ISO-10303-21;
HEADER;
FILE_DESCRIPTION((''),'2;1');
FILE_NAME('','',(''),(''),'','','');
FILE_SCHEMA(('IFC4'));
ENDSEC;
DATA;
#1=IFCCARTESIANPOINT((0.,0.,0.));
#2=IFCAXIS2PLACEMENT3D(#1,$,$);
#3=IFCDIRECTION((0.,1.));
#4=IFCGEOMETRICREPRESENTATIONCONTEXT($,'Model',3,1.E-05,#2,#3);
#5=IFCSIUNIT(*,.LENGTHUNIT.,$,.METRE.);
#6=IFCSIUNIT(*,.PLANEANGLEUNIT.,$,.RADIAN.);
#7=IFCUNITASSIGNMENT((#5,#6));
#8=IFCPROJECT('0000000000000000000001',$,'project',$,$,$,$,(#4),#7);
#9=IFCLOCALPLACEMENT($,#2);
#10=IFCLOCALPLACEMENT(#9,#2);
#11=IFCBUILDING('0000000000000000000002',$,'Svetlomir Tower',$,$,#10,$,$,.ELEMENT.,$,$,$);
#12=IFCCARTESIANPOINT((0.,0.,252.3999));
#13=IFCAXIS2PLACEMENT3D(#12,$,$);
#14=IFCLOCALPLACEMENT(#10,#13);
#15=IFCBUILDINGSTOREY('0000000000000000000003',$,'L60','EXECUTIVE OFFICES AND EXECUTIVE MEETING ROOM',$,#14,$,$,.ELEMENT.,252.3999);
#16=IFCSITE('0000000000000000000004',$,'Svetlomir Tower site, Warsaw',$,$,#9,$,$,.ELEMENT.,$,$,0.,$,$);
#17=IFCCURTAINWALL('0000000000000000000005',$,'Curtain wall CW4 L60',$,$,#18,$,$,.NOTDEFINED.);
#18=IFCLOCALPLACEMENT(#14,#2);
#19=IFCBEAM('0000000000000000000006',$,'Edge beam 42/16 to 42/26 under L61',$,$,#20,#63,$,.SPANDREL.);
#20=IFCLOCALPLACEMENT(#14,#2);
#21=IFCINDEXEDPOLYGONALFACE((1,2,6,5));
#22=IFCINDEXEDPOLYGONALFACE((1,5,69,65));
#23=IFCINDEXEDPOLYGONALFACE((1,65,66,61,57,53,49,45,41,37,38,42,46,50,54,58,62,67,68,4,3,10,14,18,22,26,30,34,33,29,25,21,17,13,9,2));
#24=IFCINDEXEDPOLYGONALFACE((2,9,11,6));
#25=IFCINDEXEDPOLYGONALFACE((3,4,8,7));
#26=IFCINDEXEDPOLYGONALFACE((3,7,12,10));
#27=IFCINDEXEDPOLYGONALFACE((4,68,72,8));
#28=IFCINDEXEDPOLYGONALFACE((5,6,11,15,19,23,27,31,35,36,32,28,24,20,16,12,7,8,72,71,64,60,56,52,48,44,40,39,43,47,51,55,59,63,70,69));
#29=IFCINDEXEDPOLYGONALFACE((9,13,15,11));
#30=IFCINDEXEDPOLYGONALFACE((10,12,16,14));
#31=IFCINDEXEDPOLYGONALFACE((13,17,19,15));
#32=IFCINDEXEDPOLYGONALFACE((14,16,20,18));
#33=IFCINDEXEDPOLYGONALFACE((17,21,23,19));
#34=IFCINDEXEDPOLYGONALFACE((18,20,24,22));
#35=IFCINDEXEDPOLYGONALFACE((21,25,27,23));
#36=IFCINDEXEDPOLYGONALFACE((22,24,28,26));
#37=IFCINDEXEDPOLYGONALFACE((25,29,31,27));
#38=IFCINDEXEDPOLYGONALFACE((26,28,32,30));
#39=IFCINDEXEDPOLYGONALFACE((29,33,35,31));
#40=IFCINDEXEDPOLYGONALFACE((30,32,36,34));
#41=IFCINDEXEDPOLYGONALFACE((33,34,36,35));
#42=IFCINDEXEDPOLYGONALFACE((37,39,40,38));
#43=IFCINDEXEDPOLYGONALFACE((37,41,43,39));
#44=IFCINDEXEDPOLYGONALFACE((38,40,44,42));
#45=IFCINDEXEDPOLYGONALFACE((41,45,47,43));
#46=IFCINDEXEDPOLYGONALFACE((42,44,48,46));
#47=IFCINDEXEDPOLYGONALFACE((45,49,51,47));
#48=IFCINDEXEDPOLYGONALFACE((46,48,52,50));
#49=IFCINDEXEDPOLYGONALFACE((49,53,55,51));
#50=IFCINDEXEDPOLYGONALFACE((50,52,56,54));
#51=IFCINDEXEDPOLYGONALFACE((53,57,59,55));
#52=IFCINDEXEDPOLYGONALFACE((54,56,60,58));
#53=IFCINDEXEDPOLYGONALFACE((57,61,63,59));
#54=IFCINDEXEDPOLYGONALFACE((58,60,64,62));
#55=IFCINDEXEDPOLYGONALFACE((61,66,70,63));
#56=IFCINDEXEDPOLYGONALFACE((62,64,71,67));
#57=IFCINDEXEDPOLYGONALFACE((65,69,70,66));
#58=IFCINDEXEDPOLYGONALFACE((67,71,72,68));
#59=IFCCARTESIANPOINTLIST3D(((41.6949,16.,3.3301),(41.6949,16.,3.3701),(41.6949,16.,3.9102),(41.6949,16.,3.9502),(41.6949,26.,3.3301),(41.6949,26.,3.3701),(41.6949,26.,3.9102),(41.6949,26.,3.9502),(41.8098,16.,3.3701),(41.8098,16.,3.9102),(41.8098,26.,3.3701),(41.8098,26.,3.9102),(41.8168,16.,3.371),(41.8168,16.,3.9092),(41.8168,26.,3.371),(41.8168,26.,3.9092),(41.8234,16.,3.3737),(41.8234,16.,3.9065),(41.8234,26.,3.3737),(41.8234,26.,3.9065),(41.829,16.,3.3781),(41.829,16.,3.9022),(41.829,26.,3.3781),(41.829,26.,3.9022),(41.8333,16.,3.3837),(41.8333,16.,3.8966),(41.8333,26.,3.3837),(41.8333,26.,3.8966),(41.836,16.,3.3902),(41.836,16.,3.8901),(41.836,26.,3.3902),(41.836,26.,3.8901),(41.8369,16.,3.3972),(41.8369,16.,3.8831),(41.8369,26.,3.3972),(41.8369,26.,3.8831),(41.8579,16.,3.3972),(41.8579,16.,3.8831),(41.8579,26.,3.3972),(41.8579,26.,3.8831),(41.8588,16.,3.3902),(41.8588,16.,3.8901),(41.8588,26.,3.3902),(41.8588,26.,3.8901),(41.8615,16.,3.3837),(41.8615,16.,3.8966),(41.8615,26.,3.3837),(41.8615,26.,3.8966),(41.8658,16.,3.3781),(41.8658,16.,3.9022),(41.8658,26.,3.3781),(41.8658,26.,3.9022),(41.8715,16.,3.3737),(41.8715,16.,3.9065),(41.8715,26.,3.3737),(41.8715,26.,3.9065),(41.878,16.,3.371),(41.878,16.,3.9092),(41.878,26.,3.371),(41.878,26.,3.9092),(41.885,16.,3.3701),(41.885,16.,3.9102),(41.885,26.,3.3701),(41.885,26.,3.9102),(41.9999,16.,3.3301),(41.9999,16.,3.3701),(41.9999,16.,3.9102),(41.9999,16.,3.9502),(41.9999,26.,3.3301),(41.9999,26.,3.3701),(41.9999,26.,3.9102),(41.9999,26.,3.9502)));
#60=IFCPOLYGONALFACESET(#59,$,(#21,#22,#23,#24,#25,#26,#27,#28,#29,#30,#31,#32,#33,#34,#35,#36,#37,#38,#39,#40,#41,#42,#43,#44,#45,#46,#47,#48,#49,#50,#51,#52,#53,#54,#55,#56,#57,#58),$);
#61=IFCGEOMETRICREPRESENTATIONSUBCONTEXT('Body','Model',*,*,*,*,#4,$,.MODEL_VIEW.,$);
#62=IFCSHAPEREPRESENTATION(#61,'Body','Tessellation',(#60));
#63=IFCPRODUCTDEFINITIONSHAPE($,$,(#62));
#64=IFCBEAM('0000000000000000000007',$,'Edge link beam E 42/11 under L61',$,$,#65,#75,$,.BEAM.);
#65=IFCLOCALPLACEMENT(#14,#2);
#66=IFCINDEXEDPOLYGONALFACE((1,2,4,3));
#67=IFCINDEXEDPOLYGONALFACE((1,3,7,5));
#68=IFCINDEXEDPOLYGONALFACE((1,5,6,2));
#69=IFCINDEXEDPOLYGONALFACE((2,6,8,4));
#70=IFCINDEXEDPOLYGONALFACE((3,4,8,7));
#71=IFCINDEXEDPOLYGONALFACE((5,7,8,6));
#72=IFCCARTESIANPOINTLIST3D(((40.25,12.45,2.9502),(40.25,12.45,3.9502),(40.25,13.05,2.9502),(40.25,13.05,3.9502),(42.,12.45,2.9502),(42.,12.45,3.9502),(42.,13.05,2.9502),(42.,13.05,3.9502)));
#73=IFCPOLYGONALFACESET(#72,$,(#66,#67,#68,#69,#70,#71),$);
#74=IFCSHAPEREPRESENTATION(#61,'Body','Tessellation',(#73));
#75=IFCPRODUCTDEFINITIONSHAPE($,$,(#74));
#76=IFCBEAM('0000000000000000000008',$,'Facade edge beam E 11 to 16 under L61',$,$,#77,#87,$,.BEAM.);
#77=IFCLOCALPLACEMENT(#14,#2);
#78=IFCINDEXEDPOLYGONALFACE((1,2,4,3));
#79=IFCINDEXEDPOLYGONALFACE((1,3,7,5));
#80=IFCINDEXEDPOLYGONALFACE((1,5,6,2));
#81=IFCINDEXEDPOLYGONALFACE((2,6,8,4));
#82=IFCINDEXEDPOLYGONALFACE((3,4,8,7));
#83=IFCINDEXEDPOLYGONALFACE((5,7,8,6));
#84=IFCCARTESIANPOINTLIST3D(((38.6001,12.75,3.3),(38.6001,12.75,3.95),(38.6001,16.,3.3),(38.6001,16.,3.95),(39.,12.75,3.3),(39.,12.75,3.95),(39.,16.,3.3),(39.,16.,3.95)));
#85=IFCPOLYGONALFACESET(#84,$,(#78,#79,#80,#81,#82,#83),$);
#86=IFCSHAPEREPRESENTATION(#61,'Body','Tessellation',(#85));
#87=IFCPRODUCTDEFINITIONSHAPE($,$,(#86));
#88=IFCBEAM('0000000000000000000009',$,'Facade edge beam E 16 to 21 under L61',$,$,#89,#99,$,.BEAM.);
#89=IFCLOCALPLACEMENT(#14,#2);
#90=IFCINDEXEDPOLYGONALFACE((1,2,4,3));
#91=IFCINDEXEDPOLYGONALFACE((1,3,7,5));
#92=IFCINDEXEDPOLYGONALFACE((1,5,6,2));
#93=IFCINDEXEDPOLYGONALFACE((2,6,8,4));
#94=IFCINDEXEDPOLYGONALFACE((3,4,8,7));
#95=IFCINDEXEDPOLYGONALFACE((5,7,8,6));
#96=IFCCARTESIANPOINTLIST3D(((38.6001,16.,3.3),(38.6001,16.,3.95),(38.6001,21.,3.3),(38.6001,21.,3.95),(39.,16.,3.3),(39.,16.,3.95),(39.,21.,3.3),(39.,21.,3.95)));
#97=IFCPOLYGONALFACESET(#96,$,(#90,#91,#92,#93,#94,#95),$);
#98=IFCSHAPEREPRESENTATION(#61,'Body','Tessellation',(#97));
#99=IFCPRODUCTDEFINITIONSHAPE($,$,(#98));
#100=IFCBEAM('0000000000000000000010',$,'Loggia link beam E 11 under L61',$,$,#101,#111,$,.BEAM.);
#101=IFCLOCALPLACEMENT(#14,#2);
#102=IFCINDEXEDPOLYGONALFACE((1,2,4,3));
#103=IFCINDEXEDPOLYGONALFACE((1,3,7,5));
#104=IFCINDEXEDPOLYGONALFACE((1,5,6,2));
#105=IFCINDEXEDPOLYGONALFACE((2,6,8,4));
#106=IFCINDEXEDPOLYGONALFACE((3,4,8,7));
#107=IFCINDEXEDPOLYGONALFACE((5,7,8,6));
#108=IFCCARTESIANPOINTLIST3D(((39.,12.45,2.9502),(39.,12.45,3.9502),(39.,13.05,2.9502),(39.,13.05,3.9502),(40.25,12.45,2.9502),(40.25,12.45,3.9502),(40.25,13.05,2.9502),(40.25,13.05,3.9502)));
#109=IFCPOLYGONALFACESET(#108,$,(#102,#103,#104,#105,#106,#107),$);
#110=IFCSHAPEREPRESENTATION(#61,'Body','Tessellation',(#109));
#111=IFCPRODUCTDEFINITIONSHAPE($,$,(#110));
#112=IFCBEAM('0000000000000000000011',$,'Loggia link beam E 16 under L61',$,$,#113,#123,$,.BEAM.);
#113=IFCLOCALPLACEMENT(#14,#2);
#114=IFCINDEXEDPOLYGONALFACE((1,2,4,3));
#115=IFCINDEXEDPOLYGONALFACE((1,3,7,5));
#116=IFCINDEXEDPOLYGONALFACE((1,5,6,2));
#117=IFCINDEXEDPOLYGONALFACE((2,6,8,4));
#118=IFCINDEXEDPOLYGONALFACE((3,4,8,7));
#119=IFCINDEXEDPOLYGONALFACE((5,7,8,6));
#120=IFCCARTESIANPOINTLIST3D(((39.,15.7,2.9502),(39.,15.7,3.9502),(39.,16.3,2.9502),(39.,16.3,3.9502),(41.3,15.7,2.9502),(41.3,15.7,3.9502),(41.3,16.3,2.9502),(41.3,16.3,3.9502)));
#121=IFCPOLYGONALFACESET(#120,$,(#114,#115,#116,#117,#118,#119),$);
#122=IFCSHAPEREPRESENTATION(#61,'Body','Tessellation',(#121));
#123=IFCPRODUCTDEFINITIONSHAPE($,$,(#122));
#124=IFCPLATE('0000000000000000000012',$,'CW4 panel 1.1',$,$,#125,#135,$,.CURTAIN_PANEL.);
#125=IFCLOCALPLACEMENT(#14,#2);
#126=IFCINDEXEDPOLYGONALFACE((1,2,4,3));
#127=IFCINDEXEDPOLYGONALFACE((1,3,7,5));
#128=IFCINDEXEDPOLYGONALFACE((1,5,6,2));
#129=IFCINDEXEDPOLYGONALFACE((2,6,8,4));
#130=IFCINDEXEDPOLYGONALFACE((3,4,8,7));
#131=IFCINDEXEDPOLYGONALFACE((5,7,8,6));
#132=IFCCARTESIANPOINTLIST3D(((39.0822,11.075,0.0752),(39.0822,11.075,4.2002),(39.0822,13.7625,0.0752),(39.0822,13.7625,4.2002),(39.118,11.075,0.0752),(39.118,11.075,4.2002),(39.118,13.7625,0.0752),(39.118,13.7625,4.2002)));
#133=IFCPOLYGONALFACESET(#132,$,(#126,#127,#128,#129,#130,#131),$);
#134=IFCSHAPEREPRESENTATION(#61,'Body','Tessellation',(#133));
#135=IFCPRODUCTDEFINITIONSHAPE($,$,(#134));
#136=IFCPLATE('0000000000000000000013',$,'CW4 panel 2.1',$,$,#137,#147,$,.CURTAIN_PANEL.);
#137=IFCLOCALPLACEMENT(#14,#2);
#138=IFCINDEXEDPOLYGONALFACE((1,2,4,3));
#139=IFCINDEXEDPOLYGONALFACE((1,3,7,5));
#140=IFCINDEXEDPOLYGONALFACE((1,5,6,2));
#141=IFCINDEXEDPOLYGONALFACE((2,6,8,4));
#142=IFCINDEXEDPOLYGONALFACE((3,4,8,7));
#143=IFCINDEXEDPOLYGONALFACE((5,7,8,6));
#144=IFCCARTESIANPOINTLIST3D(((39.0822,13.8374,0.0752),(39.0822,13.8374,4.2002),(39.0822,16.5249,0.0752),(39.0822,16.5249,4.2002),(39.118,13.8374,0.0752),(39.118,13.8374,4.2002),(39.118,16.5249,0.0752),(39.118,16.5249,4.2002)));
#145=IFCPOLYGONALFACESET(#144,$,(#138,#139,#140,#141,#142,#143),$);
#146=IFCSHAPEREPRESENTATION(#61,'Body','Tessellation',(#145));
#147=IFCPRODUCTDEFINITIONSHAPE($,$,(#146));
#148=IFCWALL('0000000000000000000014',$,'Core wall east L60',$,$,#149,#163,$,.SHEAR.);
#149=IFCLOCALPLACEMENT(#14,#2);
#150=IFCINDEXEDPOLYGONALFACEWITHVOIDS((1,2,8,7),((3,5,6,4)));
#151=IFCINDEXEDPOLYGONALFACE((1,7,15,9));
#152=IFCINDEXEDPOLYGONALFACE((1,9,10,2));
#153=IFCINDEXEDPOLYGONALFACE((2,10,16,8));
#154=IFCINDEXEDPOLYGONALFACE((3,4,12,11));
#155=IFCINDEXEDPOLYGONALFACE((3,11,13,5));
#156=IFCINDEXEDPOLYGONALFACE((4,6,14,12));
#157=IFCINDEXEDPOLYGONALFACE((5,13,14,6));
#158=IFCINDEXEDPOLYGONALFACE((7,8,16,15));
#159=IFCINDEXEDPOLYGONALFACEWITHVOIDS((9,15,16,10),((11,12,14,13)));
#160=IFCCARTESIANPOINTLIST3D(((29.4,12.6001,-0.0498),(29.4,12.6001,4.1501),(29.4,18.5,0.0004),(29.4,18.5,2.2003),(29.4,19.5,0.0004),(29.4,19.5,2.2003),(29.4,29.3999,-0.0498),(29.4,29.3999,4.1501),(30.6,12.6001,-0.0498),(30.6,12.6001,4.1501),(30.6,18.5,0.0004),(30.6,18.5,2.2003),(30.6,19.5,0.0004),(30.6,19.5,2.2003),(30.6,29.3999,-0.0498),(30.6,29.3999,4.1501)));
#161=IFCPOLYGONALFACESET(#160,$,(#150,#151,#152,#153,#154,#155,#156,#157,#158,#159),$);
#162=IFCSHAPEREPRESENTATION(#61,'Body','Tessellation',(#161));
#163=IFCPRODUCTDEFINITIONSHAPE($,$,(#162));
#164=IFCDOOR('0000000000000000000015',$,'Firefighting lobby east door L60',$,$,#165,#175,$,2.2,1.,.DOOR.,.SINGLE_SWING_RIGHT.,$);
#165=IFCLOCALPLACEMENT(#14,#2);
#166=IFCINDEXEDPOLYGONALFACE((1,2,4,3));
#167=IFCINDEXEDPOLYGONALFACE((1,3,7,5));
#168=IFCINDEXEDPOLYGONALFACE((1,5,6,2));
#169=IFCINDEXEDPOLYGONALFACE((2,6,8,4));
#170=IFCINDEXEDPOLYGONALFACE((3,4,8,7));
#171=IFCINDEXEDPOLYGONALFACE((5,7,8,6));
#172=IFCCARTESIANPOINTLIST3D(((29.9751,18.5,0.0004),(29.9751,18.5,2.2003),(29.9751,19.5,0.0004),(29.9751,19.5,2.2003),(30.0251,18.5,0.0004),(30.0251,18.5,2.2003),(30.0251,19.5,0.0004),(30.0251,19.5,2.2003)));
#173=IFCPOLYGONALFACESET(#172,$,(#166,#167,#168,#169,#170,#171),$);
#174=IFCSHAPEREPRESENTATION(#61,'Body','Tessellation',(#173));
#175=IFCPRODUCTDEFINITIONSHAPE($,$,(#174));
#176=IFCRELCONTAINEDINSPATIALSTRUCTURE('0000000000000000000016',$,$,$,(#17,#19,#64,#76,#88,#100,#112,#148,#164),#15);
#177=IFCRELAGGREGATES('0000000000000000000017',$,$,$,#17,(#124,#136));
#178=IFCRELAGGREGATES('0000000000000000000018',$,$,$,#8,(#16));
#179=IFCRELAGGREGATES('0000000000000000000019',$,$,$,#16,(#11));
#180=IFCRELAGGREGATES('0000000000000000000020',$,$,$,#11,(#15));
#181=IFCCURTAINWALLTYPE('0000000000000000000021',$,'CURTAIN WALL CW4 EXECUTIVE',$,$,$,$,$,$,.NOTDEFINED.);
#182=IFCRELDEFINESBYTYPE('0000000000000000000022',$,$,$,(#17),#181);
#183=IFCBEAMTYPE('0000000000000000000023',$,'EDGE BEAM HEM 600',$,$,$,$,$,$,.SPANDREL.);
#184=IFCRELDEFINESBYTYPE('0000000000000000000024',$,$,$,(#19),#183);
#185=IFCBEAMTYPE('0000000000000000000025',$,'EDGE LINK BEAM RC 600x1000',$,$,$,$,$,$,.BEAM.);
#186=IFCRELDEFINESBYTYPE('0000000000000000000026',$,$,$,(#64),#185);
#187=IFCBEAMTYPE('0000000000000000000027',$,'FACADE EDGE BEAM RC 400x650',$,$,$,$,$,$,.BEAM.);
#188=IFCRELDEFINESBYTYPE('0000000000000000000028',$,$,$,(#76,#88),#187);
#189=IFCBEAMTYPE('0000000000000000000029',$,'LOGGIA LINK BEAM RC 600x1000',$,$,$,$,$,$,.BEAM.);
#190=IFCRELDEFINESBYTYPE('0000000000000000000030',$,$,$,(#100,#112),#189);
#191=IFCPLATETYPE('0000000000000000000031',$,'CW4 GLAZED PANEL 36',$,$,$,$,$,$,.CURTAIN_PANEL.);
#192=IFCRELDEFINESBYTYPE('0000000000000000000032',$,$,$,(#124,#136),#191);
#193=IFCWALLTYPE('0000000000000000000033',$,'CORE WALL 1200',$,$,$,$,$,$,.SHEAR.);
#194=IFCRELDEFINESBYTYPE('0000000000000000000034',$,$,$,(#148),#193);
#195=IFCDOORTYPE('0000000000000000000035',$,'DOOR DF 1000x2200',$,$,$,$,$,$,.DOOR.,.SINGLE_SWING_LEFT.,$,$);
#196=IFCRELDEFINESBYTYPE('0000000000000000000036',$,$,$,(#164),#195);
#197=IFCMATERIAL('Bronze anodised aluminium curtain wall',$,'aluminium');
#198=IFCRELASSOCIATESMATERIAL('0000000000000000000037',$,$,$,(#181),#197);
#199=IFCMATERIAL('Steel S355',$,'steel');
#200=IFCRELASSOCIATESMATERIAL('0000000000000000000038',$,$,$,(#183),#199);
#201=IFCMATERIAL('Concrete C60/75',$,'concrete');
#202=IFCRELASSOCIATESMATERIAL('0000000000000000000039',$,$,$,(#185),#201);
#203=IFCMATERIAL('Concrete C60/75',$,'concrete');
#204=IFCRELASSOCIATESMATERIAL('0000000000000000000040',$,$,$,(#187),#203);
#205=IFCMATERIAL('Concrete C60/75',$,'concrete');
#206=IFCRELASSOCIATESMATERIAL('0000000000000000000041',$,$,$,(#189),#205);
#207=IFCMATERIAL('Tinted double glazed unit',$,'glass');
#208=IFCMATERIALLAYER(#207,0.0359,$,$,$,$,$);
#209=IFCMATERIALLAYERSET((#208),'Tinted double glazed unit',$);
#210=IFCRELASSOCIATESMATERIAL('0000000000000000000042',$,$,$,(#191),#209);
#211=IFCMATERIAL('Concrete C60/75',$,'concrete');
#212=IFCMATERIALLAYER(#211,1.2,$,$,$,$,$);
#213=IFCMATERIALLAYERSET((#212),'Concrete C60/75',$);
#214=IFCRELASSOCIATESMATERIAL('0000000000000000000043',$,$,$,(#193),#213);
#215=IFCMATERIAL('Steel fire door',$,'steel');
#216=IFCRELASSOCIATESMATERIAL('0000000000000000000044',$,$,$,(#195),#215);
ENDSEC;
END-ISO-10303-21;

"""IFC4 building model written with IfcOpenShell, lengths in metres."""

from ifc_helpers import new_model, si_unit, direction, frame, frame_2d, origin, origin_2d, place, context, subcontext, project, spatial, rectangle, i_section, extrude, material, layer, layer_set, material_profile, profile_set, type_object, element, fill, aggregate, save


model = new_model("IFC4")

# Units and contexts
model_context = context("Model", 3, precision=1e-05, world=origin(), true_north=direction((0.0, 1.0)))
body_context = subcontext(model_context, "Body", "Model", "MODEL_VIEW")
ifc_project = project(units=[si_unit("LENGTHUNIT", "METRE"), si_unit("PLANEANGLEUNIT", "RADIAN")], contexts=[model_context])

# Site, building, storey
site_placement = place(None, origin())
site = spatial("IfcSite", under=ifc_project, at=site_placement, Name="Svetlomir Tower site, Warsaw", CompositionType="ELEMENT", RefElevation=0.0)
building_placement = place(site_placement, origin())
building = spatial("IfcBuilding", under=site, at=building_placement, Name="Svetlomir Tower", CompositionType="ELEMENT")
storey_placement = place(building_placement, frame((0.0, 0.0, 252.3999)))
storey = spatial("IfcBuildingStorey", under=building, at=storey_placement, Name="L60", Description="EXECUTIVE OFFICES AND EXECUTIVE MEETING ROOM", CompositionType="ELEMENT", Elevation=252.3999)

# Curtain wall
ifc_material_1 = material(Name="Bronze anodised aluminium curtain wall", Category="aluminium")
curtain_wall_type = type_object("IfcCurtainWallType", Name="CURTAIN WALL CW4 EXECUTIVE", PredefinedType="NOTDEFINED", material=ifc_material_1)
curtain_wall_placement = place(storey_placement, origin())
curtain_wall = element("IfcCurtainWall", 1, at=curtain_wall_placement, inside=storey, type_object=curtain_wall_type, Name="Curtain wall CW4 L60", PredefinedType="NOTDEFINED")

# Beams
ifc_material_2 = material(Name="Steel S355", Category="steel")
ifc_material_profile_1 = material_profile(ifc_material_2, i_section(OverallWidth=0.3049, OverallDepth=0.6201, WebThickness=0.021, FlangeThickness=0.04, FilletRadius=0.0271, at=origin_2d()), Name="HEM 600")
ifc_profile_set_1 = profile_set([ifc_material_profile_1], Name="Steel S355")
beam_type_1 = type_object("IfcBeamType", Name="EDGE BEAM HEM 600", PredefinedType="SPANDREL", material=ifc_profile_set_1)
beam_1_placement = place(storey_placement, frame((41.8474, 16.0, 3.6401), z_axis=(0.0, 1.0, 0.0), x_axis=(-1.0, 0.0, 0.0)))
element("IfcBeam", 2, at=beam_1_placement, inside=storey, type_object=beam_type_1, Name="Edge beam 42/16 to 42/26 under L61", PredefinedType="SPANDREL", context=body_context, shape_type="SweptSolid", body=[
    extrude(i_section(OverallWidth=0.3049, OverallDepth=0.6201, WebThickness=0.021, FlangeThickness=0.04, FilletRadius=0.0271, at=origin_2d()), origin(), (0.0, 0.0, 1.0), 10.0),
])
ifc_material_3 = material(Name="Concrete C60/75", Category="concrete")
ifc_material_profile_2 = material_profile(ifc_material_3, rectangle(XDim=0.6001, YDim=1.0, at=origin_2d()), Name="RC 600x1000")
ifc_profile_set_2 = profile_set([ifc_material_profile_2], Name="Concrete C60/75")
beam_type_2 = type_object("IfcBeamType", Name="EDGE LINK BEAM RC 600x1000", PredefinedType="BEAM", material=ifc_profile_set_2)
beam_2_placement = place(storey_placement, frame((40.25, 12.75, 3.4502), z_axis=(1.0, 0.0, 0.0), x_axis=(0.0, 1.0, 0.0)))
element("IfcBeam", 3, at=beam_2_placement, inside=storey, type_object=beam_type_2, Name="Edge link beam E 42/11 under L61", PredefinedType="BEAM", context=body_context, shape_type="SweptSolid", body=[
    extrude(rectangle(XDim=0.6001, YDim=1.0, at=origin_2d()), origin(), (0.0, 0.0, 1.0), 1.75),
])
ifc_material_4 = material(Name="Concrete C60/75", Category="concrete")
ifc_material_profile_3 = material_profile(ifc_material_4, rectangle(XDim=0.3999, YDim=0.6499, at=origin_2d()), Name="RC 400x650")
ifc_profile_set_3 = profile_set([ifc_material_profile_3], Name="Concrete C60/75")
beam_type_3 = type_object("IfcBeamType", Name="FACADE EDGE BEAM RC 400x650", PredefinedType="BEAM", material=ifc_profile_set_3)
beam_3_placement = place(storey_placement, frame((38.8, 12.75, 3.625), z_axis=(0.0, 1.0, 0.0), x_axis=(-1.0, 0.0, 0.0)))
element("IfcBeam", 4, at=beam_3_placement, inside=storey, type_object=beam_type_3, Name="Facade edge beam E 11 to 16 under L61", PredefinedType="BEAM", context=body_context, shape_type="SweptSolid", body=[
    extrude(rectangle(XDim=0.3999, YDim=0.6499, at=origin_2d()), origin(), (0.0, 0.0, 1.0), 3.25),
])
beam_4_placement = place(storey_placement, frame((38.8, 16.0, 3.625), z_axis=(0.0, 1.0, 0.0), x_axis=(-1.0, 0.0, 0.0)))
element("IfcBeam", 5, at=beam_4_placement, inside=storey, type_object=beam_type_3, Name="Facade edge beam E 16 to 21 under L61", PredefinedType="BEAM", context=body_context, shape_type="SweptSolid", body=[
    extrude(rectangle(XDim=0.3999, YDim=0.6499, at=origin_2d()), origin(), (0.0, 0.0, 1.0), 5.0),
])
ifc_material_5 = material(Name="Concrete C60/75", Category="concrete")
ifc_material_profile_4 = material_profile(ifc_material_5, rectangle(XDim=0.6001, YDim=1.0, at=origin_2d()), Name="RC 600x1000")
ifc_profile_set_4 = profile_set([ifc_material_profile_4], Name="Concrete C60/75")
beam_type_4 = type_object("IfcBeamType", Name="LOGGIA LINK BEAM RC 600x1000", PredefinedType="BEAM", material=ifc_profile_set_4)
beam_5_placement = place(storey_placement, frame((40.25, 12.75, 3.4502), z_axis=(-1.0, 0.0, 0.0), x_axis=(0.0, -1.0, 0.0)))
element("IfcBeam", 6, at=beam_5_placement, inside=storey, type_object=beam_type_4, Name="Loggia link beam E 11 under L61", PredefinedType="BEAM", context=body_context, shape_type="SweptSolid", body=[
    extrude(rectangle(XDim=0.6001, YDim=1.0, at=origin_2d()), origin(), (0.0, 0.0, 1.0), 1.25),
])
beam_6_placement = place(storey_placement, frame((41.3, 16.0, 3.4502), z_axis=(-1.0, 0.0, 0.0), x_axis=(0.0, -1.0, 0.0)))
element("IfcBeam", 7, at=beam_6_placement, inside=storey, type_object=beam_type_4, Name="Loggia link beam E 16 under L61", PredefinedType="BEAM", context=body_context, shape_type="SweptSolid", body=[
    extrude(rectangle(XDim=0.6001, YDim=1.0, at=origin_2d()), origin(), (0.0, 0.0, 1.0), 2.3),
])

# Plates
ifc_material_6 = material(Name="Tinted double glazed unit", Category="glass")
ifc_layer_1 = layer(ifc_material_6, 0.0359)
ifc_layer_set_1 = layer_set([ifc_layer_1], Name="Tinted double glazed unit")
plate_type = type_object("IfcPlateType", Name="CW4 GLAZED PANEL 36", PredefinedType="CURTAIN_PANEL", material=ifc_layer_set_1)
plate_1_placement = place(storey_placement, frame((39.1001, 12.4187, 0.0752), z_axis=(0.0, 0.0, 1.0), x_axis=(0.0, 1.0, 0.0)))
plate_1 = element("IfcPlate", 8, at=plate_1_placement, type_object=plate_type, Name="CW4 panel 1.1", PredefinedType="CURTAIN_PANEL", context=body_context, shape_type="SweptSolid", body=[
    extrude(rectangle(XDim=2.6875, YDim=0.0359, at=origin_2d()), origin(), (0.0, 0.0, 1.0), 4.125),
])
plate_2_placement = place(storey_placement, frame((39.1001, 15.1812, 0.0752), z_axis=(0.0, 0.0, 1.0), x_axis=(0.0, 1.0, 0.0)))
plate_2 = element("IfcPlate", 9, at=plate_2_placement, type_object=plate_type, Name="CW4 panel 2.1", PredefinedType="CURTAIN_PANEL", context=body_context, shape_type="SweptSolid", body=[
    extrude(rectangle(XDim=2.6875, YDim=0.0359, at=origin_2d()), origin(), (0.0, 0.0, 1.0), 4.125),
])
aggregate(curtain_wall, [plate_1, plate_2])

# Wall, opening, door
ifc_material_7 = material(Name="Concrete C60/75", Category="concrete")
ifc_layer_2 = layer(ifc_material_7, 1.2)
ifc_layer_set_2 = layer_set([ifc_layer_2], Name="Concrete C60/75")
wall_type_1 = type_object("IfcWallType", Name="CORE WALL 1200", PredefinedType="SHEAR", material=ifc_layer_set_2)
wall_1_placement = place(storey_placement, frame((30.0, 12.6001, -0.0498), z_axis=(0.0, 0.0, 1.0), x_axis=(0.0, 1.0, 0.0)))
wall_1 = element("IfcWall", 10, at=wall_1_placement, inside=storey, type_object=wall_type_1, Name="Core wall east L60", PredefinedType="SHEAR", context=body_context, shape_type="SweptSolid", body=[
    extrude(rectangle(XDim=16.7998, YDim=1.2, at=frame_2d((8.3999, 0.0))), origin(), (0.0, 0.0, 1.0), 4.2),
])
opening_1_placement = place(wall_1_placement, frame((5.8999, 0.0, 0.05)))
opening_1 = element("IfcOpeningElement", 11, at=opening_1_placement, cuts=wall_1, PredefinedType="OPENING", context=body_context, shape_type="SweptSolid", body=[
    extrude(rectangle(XDim=1.0, YDim=2.2, at=frame_2d((0.5, 1.1001))), frame((0.0, 0.6099, 0.0), z_axis=(0.0, -1.0, 0.0), x_axis=(1.0, 0.0, 0.0)), (0.0, 0.0, 1.0), 1.22),
])
ifc_material_8 = material(Name="Steel fire door", Category="steel")
door_type_1 = type_object("IfcDoorType", Name="DOOR DF 1000x2200", OperationType="SINGLE_SWING_LEFT", PredefinedType="DOOR", material=ifc_material_8)
door_1_placement = place(opening_1_placement, origin())
door_1 = element("IfcDoor", 12, at=door_1_placement, inside=storey, type_object=door_type_1, Name="Firefighting lobby east door L60", OperationType="SINGLE_SWING_RIGHT", OverallHeight=2.2, OverallWidth=1.0, PredefinedType="DOOR", context=body_context, shape_type="SweptSolid", body=[
    extrude(rectangle(XDim=1.0, YDim=2.2, at=frame_2d((0.5, 1.1001))), frame((0.0, 0.0249, 0.0), z_axis=(0.0, -1.0, 0.0), x_axis=(1.0, 0.0, 0.0)), (0.0, 0.0, 1.0), 0.05),
])
fill(opening_1, door_1)

save(model, "model.ifc")
